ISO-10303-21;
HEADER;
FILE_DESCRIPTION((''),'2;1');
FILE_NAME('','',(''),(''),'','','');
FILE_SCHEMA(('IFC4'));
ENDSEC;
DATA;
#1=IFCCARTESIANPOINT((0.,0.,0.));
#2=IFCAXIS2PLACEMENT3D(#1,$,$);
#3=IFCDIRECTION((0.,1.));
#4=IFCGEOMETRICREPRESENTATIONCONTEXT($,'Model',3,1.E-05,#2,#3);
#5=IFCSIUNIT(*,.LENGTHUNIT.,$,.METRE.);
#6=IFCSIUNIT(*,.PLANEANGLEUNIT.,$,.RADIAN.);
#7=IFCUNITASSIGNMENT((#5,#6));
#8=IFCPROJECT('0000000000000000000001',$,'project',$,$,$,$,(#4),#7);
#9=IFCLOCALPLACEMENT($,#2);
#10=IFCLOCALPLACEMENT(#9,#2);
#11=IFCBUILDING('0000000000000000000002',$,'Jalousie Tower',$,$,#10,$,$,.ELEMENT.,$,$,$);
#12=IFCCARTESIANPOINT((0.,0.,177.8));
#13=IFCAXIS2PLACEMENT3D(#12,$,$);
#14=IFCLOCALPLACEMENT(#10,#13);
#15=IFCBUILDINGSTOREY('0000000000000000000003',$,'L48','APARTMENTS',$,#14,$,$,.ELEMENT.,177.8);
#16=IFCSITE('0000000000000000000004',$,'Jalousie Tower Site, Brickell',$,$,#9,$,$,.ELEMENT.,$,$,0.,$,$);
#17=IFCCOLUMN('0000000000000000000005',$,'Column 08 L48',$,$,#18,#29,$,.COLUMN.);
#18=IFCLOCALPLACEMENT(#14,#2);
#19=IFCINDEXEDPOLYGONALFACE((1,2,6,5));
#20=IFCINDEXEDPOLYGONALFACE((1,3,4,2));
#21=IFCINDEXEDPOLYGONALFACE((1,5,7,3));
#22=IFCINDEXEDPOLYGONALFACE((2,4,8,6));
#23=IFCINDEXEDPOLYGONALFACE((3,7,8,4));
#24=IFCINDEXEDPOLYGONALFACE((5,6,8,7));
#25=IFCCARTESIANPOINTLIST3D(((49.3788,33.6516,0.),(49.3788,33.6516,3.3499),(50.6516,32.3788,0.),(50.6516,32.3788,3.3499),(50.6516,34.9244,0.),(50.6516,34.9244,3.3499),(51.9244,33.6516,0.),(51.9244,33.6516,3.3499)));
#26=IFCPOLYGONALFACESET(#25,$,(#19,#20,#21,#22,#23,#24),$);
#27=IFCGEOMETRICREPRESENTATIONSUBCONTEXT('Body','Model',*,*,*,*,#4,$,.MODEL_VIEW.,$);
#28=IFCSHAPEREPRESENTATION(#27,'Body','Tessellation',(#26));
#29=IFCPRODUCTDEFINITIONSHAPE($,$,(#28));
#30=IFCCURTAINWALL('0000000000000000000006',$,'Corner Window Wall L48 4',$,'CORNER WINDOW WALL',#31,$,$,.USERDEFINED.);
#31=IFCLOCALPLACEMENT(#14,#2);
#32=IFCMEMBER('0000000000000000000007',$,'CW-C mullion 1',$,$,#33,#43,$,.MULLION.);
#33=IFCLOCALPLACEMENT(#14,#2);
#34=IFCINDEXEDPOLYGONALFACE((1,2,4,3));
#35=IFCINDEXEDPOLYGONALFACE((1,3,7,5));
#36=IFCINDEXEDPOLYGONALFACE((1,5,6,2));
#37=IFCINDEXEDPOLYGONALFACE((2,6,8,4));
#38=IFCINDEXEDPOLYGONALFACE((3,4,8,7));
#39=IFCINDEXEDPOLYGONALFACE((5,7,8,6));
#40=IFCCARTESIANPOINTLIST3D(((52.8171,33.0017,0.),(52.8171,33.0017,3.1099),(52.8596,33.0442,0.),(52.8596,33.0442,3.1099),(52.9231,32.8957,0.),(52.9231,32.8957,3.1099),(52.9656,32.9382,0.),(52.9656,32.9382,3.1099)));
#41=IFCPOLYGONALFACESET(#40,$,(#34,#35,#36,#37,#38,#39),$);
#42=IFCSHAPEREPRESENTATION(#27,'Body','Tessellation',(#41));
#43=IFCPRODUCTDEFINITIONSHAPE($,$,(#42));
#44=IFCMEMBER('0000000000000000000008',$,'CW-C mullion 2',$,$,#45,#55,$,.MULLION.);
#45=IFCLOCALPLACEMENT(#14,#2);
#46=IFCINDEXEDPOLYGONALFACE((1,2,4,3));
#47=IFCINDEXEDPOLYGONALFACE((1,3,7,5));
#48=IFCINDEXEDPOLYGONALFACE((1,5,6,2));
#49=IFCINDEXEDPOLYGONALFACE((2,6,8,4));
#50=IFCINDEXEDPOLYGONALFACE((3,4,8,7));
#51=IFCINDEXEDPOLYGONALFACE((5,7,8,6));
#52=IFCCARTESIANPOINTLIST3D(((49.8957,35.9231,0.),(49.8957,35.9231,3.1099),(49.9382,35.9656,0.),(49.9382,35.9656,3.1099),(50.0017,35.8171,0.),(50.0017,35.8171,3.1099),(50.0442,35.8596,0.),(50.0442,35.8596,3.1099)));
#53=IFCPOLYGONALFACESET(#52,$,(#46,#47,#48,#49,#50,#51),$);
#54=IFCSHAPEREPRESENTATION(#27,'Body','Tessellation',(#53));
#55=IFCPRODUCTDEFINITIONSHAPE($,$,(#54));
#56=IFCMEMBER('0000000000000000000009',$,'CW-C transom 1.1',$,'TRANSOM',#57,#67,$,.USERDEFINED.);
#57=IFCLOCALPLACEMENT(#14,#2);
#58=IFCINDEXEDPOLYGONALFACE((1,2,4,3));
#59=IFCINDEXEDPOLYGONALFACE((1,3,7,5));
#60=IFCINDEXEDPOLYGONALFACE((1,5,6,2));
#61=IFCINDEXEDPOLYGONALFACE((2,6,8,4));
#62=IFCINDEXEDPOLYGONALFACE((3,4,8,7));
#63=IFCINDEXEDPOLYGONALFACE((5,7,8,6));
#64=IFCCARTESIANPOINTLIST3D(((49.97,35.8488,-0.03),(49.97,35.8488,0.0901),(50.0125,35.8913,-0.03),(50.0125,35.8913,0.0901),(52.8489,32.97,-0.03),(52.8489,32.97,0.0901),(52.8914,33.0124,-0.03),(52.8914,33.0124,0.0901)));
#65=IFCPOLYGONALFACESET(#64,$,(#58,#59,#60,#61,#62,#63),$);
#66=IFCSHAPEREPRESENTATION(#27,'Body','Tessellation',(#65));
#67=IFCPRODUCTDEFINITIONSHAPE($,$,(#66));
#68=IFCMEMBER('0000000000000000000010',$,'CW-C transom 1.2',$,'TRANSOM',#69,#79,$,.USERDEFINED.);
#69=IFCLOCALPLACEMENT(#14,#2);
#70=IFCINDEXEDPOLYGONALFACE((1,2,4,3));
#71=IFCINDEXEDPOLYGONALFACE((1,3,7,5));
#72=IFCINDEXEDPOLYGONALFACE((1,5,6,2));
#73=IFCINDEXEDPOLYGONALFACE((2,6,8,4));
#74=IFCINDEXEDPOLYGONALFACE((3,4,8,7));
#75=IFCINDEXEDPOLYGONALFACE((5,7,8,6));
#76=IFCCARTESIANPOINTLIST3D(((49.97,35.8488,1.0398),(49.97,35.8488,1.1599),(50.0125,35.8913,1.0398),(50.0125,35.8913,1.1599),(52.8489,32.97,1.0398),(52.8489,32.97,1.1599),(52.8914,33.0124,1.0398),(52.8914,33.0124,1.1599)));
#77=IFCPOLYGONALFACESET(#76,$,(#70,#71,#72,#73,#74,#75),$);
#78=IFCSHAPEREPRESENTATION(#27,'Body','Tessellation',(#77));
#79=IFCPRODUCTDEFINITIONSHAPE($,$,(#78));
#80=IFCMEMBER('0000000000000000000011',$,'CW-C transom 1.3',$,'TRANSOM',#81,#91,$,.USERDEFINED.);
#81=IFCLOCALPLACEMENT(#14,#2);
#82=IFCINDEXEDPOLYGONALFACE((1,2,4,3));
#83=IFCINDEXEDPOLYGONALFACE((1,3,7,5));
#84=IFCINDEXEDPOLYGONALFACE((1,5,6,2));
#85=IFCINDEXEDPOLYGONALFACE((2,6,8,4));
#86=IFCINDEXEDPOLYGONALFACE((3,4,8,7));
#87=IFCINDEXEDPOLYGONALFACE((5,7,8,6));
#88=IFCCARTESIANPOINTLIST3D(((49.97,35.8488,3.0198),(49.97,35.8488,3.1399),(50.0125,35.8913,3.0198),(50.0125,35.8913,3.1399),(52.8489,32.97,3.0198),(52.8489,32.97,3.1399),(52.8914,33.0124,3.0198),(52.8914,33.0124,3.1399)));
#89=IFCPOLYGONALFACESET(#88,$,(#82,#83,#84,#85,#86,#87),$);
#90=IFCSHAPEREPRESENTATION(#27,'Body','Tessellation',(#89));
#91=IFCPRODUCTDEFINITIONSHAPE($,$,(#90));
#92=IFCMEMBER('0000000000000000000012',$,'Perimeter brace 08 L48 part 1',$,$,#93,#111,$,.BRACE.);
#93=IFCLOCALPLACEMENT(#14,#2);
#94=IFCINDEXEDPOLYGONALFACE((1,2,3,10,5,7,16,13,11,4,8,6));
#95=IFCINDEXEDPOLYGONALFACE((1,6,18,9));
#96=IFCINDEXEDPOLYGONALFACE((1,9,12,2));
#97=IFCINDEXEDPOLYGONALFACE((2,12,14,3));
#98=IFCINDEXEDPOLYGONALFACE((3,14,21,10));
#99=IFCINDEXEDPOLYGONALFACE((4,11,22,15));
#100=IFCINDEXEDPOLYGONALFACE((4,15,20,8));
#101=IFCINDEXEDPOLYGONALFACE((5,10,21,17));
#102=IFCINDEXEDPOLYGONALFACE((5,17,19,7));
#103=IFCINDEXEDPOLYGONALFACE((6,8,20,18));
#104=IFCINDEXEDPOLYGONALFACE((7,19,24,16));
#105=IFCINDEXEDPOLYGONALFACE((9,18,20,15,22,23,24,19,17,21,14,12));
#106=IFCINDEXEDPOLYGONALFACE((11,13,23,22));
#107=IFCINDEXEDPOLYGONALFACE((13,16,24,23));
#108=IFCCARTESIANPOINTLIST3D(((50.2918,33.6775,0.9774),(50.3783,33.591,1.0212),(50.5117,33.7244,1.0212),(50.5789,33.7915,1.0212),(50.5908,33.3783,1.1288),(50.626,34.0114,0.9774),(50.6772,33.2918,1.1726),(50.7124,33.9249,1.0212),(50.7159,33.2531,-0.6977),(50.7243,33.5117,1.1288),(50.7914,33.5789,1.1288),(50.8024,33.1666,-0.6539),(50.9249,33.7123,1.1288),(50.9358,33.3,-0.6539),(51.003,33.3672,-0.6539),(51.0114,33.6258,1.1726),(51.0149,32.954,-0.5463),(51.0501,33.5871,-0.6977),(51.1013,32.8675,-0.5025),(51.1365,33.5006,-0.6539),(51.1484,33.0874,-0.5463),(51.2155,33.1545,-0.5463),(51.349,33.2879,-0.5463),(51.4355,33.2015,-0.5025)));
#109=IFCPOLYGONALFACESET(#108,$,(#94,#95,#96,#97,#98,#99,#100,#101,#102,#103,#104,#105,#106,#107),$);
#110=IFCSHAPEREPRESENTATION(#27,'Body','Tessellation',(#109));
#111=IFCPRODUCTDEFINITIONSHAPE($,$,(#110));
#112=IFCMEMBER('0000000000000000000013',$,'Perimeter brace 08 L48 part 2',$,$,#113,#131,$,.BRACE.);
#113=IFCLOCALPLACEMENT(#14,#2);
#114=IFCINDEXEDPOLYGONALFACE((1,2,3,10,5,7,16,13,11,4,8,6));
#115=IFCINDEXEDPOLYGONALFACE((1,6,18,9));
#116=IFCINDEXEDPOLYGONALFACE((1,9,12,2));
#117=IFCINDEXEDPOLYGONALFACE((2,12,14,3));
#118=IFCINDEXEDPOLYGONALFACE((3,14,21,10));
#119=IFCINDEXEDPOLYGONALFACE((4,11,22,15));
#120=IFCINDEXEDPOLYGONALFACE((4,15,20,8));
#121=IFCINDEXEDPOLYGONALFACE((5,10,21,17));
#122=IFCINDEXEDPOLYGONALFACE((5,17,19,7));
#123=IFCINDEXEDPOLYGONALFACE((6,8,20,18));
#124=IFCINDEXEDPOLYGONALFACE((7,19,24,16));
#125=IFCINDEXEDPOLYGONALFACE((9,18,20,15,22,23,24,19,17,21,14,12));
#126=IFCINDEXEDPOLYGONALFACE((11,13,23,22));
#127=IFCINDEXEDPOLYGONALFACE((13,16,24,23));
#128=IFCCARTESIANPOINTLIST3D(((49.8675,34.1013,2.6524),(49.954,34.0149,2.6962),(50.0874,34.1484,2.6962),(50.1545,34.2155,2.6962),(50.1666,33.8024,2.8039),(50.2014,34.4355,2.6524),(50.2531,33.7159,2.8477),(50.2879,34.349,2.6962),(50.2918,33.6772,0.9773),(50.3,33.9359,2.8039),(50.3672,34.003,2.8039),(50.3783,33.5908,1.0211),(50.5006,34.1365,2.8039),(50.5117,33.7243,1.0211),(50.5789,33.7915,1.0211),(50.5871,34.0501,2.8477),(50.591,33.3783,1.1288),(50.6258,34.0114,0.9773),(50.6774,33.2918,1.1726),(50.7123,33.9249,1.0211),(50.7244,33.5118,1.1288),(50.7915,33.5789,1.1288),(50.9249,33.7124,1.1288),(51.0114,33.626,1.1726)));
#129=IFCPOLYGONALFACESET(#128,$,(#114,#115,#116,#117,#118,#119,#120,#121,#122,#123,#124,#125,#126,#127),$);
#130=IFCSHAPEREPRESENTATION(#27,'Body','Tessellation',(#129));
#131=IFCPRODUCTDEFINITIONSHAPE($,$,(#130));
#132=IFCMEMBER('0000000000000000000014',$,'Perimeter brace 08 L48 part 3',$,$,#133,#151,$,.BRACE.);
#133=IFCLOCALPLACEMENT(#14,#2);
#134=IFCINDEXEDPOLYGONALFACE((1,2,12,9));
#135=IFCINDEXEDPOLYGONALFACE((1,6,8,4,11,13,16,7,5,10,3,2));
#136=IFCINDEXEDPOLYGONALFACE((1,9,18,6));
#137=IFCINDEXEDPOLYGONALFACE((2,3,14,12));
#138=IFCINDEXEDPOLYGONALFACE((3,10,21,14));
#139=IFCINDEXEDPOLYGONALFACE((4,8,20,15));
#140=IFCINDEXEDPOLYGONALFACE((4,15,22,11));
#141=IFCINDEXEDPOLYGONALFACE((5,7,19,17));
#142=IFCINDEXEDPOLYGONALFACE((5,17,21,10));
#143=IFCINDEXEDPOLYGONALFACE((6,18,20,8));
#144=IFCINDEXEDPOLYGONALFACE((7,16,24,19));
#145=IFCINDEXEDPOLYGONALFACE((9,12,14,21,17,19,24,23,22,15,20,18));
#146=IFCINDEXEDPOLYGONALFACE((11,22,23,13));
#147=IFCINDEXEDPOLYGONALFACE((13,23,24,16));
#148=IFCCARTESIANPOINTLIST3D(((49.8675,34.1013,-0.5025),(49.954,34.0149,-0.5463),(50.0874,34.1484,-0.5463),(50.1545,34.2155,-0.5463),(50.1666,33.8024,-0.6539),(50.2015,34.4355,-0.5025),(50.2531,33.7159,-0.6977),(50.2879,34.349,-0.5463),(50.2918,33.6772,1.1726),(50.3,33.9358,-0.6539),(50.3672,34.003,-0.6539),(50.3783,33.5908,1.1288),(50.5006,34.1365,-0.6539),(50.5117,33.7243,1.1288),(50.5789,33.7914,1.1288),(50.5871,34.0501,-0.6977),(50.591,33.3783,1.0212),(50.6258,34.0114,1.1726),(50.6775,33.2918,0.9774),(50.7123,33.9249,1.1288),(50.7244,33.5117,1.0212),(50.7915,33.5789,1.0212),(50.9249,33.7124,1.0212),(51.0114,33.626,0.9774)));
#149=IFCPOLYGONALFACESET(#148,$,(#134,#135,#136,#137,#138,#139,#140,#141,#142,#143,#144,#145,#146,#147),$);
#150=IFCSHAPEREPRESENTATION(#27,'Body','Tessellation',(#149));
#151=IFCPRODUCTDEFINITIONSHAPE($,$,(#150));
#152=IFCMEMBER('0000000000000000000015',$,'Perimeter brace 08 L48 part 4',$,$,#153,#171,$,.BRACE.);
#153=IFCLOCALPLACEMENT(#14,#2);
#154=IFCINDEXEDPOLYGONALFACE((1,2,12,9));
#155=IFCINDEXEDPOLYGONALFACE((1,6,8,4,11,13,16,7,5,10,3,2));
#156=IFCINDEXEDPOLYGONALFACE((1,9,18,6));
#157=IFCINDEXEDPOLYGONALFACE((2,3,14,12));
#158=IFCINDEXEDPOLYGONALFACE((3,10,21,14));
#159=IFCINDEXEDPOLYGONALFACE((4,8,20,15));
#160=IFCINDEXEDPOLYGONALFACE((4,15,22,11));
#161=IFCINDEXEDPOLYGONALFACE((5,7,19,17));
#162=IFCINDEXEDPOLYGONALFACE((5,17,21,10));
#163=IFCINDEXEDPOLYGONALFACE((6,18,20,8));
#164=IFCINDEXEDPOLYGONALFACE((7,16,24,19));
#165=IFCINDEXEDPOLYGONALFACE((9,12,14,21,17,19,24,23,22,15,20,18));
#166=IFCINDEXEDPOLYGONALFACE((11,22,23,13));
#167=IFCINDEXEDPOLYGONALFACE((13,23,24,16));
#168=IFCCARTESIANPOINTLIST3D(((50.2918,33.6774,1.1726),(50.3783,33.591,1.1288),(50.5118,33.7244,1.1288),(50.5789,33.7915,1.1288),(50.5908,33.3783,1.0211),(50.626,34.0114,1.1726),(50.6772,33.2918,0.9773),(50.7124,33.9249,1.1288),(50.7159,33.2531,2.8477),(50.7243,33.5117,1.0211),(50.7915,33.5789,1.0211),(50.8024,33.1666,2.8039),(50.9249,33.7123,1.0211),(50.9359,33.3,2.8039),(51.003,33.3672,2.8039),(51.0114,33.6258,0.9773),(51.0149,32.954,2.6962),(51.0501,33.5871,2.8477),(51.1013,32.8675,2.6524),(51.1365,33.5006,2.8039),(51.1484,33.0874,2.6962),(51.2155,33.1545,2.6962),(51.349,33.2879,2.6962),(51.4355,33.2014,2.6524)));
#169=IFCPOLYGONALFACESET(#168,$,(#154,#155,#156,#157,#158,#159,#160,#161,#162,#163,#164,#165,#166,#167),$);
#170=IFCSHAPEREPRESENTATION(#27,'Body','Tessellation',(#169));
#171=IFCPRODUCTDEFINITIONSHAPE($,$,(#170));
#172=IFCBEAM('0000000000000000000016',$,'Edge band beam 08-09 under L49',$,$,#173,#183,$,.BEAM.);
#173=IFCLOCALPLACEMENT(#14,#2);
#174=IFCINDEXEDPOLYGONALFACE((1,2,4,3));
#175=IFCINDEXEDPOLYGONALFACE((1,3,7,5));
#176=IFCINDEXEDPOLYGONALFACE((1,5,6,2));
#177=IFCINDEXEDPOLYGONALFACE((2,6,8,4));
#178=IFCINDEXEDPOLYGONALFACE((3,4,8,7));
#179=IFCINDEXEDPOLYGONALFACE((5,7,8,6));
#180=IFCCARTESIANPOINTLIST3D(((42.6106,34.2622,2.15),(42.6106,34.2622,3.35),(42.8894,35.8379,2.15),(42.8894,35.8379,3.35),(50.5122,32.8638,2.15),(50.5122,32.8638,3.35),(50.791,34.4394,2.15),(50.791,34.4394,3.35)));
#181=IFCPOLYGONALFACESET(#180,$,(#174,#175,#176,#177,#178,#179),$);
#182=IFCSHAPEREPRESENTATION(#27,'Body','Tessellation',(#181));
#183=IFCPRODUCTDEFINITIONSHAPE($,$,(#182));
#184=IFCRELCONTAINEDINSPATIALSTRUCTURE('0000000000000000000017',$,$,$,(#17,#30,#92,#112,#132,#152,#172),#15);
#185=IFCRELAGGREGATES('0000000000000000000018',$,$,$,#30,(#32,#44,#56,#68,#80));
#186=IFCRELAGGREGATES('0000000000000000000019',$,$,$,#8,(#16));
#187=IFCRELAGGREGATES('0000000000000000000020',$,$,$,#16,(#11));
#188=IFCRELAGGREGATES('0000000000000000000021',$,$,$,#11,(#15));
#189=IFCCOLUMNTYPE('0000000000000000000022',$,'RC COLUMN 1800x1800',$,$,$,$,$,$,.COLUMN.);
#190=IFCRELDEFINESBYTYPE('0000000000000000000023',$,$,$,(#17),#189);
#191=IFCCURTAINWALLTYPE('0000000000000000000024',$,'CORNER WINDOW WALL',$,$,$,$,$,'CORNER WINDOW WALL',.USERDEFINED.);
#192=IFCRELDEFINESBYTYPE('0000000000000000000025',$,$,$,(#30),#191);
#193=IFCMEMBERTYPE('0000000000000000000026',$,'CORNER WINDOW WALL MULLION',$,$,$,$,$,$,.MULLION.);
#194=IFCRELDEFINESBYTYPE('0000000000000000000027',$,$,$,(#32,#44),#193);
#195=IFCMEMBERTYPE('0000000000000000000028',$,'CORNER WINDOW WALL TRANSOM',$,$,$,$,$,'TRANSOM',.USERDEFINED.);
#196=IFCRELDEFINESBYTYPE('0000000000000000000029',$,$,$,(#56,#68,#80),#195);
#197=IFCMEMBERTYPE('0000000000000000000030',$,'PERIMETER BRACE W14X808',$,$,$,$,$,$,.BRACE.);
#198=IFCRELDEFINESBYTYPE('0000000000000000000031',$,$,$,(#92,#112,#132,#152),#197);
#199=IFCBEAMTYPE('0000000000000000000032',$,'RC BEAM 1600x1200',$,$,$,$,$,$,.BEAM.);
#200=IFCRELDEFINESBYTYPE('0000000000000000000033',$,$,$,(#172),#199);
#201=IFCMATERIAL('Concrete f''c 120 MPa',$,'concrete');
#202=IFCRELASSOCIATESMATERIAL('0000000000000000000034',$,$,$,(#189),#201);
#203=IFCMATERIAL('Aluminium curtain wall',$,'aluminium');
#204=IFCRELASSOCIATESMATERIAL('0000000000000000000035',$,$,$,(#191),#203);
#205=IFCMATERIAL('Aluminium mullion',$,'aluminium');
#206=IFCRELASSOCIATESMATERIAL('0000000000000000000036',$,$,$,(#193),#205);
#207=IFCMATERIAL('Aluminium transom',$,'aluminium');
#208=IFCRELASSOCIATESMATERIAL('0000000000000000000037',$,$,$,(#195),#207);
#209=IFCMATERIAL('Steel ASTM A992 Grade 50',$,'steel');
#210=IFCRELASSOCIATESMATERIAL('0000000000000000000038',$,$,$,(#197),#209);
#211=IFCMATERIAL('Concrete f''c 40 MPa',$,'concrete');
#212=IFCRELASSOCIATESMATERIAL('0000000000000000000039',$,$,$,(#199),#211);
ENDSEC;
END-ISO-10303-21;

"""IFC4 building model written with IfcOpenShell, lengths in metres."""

from ifc_helpers import new_model, si_unit, direction, frame, origin, origin_2d, place, context, subcontext, project, spatial, rectangle, i_section, extrude, material, material_profile, profile_set, type_object, element, aggregate, save


model = new_model("IFC4")

# Units and contexts
model_context = context("Model", 3, precision=1e-05, world=origin(), true_north=direction((0.0, 1.0)))
body_context = subcontext(model_context, "Body", "Model", "MODEL_VIEW")
ifc_project = project(units=[si_unit("LENGTHUNIT", "METRE"), si_unit("PLANEANGLEUNIT", "RADIAN")], contexts=[model_context])

# Site, building, storey
site_placement = place(None, origin())
site = spatial("IfcSite", under=ifc_project, at=site_placement, Name="Jalousie Tower Site, Brickell", CompositionType="ELEMENT", RefElevation=0.0)
building_placement = place(site_placement, origin())
building = spatial("IfcBuilding", under=site, at=building_placement, Name="Jalousie Tower", CompositionType="ELEMENT")
storey_placement = place(building_placement, frame((0.0, 0.0, 177.8)))
storey = spatial("IfcBuildingStorey", under=building, at=storey_placement, Name="L48", Description="APARTMENTS", CompositionType="ELEMENT", Elevation=177.8)

# Column
ifc_material_1 = material(Name="Concrete f'c 120 MPa", Category="concrete")
ifc_material_profile_1 = material_profile(ifc_material_1, rectangle(XDim=1.8, YDim=1.8, at=origin_2d()), Name="RC 1800x1800")
ifc_profile_set_1 = profile_set([ifc_material_profile_1], Name="Concrete f'c 120 MPa")
column_type = type_object("IfcColumnType", Name="RC COLUMN 1800x1800", PredefinedType="COLUMN", material=ifc_profile_set_1)
column_placement = place(storey_placement, frame((50.6516, 33.6516, 0.0), z_axis=(0.0, 0.0, 1.0), x_axis=(0.707107, 0.707107, 0.0)))
element("IfcColumn", 1, at=column_placement, inside=storey, type_object=column_type, Name="Column 08 L48", PredefinedType="COLUMN", context=body_context, shape_type="SweptSolid", body=[
    extrude(rectangle(XDim=1.8, YDim=1.8, at=origin_2d()), origin(), (0.0, 0.0, 1.0), 3.3499),
])

# Curtain wall, members
ifc_material_2 = material(Name="Aluminium curtain wall", Category="aluminium")
curtain_wall_type_1 = type_object("IfcCurtainWallType", Name="CORNER WINDOW WALL", ElementType="CORNER WINDOW WALL", PredefinedType="USERDEFINED", material=ifc_material_2)
curtain_wall_1_placement = place(storey_placement, origin())
curtain_wall_1 = element("IfcCurtainWall", 2, at=curtain_wall_1_placement, inside=storey, type_object=curtain_wall_type_1, Name="Corner Window Wall L48 4", ObjectType="CORNER WINDOW WALL", PredefinedType="USERDEFINED")
ifc_material_3 = material(Name="Aluminium mullion", Category="aluminium")
ifc_material_profile_2 = material_profile(ifc_material_3, rectangle(XDim=0.0601, YDim=0.1499, at=origin_2d()), Name="MULLION 60x150")
ifc_profile_set_2 = profile_set([ifc_material_profile_2], Name="Aluminium mullion")
member_type_1 = type_object("IfcMemberType", Name="CORNER WINDOW WALL MULLION", PredefinedType="MULLION", material=ifc_profile_set_2)
member_1_placement = place(storey_placement, frame((52.8914, 32.97, 0.0), z_axis=(0.0, 0.0, 1.0), x_axis=(-0.707107, -0.707107, 0.0)))
member_1 = element("IfcMember", 3, at=member_1_placement, type_object=member_type_1, Name="CW-C mullion 1", PredefinedType="MULLION", context=body_context, shape_type="SweptSolid", body=[
    extrude(rectangle(XDim=0.0601, YDim=0.1499, at=origin_2d()), origin(), (0.0, 0.0, 1.0), 3.1099),
])
member_2_placement = place(storey_placement, frame((49.97, 35.8914, 0.0), z_axis=(0.0, 0.0, 1.0), x_axis=(-0.707107, -0.707107, 0.0)))
member_2 = element("IfcMember", 4, at=member_2_placement, type_object=member_type_1, Name="CW-C mullion 2", PredefinedType="MULLION", context=body_context, shape_type="SweptSolid", body=[
    extrude(rectangle(XDim=0.0601, YDim=0.1499, at=origin_2d()), origin(), (0.0, 0.0, 1.0), 3.1099),
])
ifc_material_4 = material(Name="Aluminium transom", Category="aluminium")
ifc_material_profile_3 = material_profile(ifc_material_4, rectangle(XDim=0.0601, YDim=0.1201, at=origin_2d()), Name="TRANSOM 60x120")
ifc_profile_set_3 = profile_set([ifc_material_profile_3], Name="Aluminium transom")
member_type_2 = type_object("IfcMemberType", Name="CORNER WINDOW WALL TRANSOM", ElementType="TRANSOM", PredefinedType="USERDEFINED", material=ifc_profile_set_3)
member_3_placement = place(storey_placement, frame((52.8701, 32.9912, 0.03), z_axis=(-0.707107, 0.707107, 0.0), x_axis=(-0.707107, -0.707107, 0.0)))
member_3 = element("IfcMember", 5, at=member_3_placement, type_object=member_type_2, Name="CW-C transom 1.1", ObjectType="TRANSOM", PredefinedType="USERDEFINED", context=body_context, shape_type="SweptSolid", body=[
    extrude(rectangle(XDim=0.0601, YDim=0.1201, at=origin_2d()), origin(), (0.0, 0.0, 1.0), 4.0713),
])
member_4_placement = place(storey_placement, frame((52.8701, 32.9912, 1.0999), z_axis=(-0.707107, 0.707107, 0.0), x_axis=(-0.707107, -0.707107, 0.0)))
member_4 = element("IfcMember", 6, at=member_4_placement, type_object=member_type_2, Name="CW-C transom 1.2", ObjectType="TRANSOM", PredefinedType="USERDEFINED", context=body_context, shape_type="SweptSolid", body=[
    extrude(rectangle(XDim=0.0601, YDim=0.1201, at=origin_2d()), origin(), (0.0, 0.0, 1.0), 4.0713),
])
member_5_placement = place(storey_placement, frame((52.8701, 32.9912, 3.0798), z_axis=(-0.707107, 0.707107, 0.0), x_axis=(-0.707107, -0.707107, 0.0)))
member_5 = element("IfcMember", 7, at=member_5_placement, type_object=member_type_2, Name="CW-C transom 1.3", ObjectType="TRANSOM", PredefinedType="USERDEFINED", context=body_context, shape_type="SweptSolid", body=[
    extrude(rectangle(XDim=0.0601, YDim=0.1201, at=origin_2d()), origin(), (0.0, 0.0, 1.0), 4.0713),
])

# Members
ifc_material_5 = material(Name="Steel ASTM A992 Grade 50", Category="steel")
ifc_material_profile_4 = material_profile(ifc_material_5, i_section(OverallWidth=0.4724, OverallDepth=0.5791, WebThickness=0.095, FlangeThickness=0.1299, at=origin_2d()), Name="W14X808")
ifc_profile_set_4 = profile_set([ifc_material_profile_4], Name="Steel ASTM A992 Grade 50")
member_type_3 = type_object("IfcMemberType", Name="PERIMETER BRACE W14X808", PredefinedType="BRACE", material=ifc_profile_set_4)
for number, where, z_axis, x_axis, name in (
    (8, (51.0757, 33.2273, -0.6001), (-0.238346, 0.238483, 0.941444), (-0.70731, -0.706903, 0.0), "Perimeter brace 08 L48 part 1"),
    (9, (50.6516, 33.6516, 1.075), (-0.238483, 0.238346, 0.941444), (-0.706903, -0.70731, 0.0), "Perimeter brace 08 L48 part 2"),
    (10, (50.2273, 34.0757, -0.6001), (0.238483, -0.238346, 0.941444), (0.706903, 0.70731, 0.0), "Perimeter brace 08 L48 part 3"),
    (11, (50.6516, 33.6516, 1.075), (0.238346, -0.238483, 0.941444), (0.70731, 0.706903, 0.0), "Perimeter brace 08 L48 part 4"),
):
    element("IfcMember", number, at=place(storey_placement, frame(where, z_axis=z_axis, x_axis=x_axis)), inside=storey, type_object=member_type_3, Name=name, PredefinedType="BRACE", context=body_context, shape_type="SweptSolid", body=[
        extrude(i_section(OverallWidth=0.4724, OverallDepth=0.5791, WebThickness=0.095, FlangeThickness=0.1299, at=origin_2d()), origin(), (0.0, 0.0, 1.0), 1.7793),
    ])

# Beam
ifc_material_6 = material(Name="Concrete f'c 40 MPa", Category="concrete")
ifc_material_profile_5 = material_profile(ifc_material_6, rectangle(XDim=1.6001, YDim=1.2, at=origin_2d()), Name="RC 1600x1200")
ifc_profile_set_5 = profile_set([ifc_material_profile_5], Name="Concrete f'c 40 MPa")
beam_type = type_object("IfcBeamType", Name="RC BEAM 1600x1200", PredefinedType="BEAM", material=ifc_profile_set_5)
beam_placement = place(storey_placement, frame((50.6516, 33.6516, 2.75), z_axis=(-0.984697, 0.174273, 0.0), x_axis=(-0.174273, -0.984697, 0.0)))
element("IfcBeam", 12, at=beam_placement, inside=storey, type_object=beam_type, Name="Edge band beam 08-09 under L49", PredefinedType="BEAM", context=body_context, shape_type="SweptSolid", body=[
    extrude(rectangle(XDim=1.6001, YDim=1.2, at=origin_2d()), origin(), (0.0, 0.0, 1.0), 8.0244),
])

aggregate(curtain_wall_1, [member_1, member_2, member_3, member_4, member_5])

save(model, "model.ifc")
